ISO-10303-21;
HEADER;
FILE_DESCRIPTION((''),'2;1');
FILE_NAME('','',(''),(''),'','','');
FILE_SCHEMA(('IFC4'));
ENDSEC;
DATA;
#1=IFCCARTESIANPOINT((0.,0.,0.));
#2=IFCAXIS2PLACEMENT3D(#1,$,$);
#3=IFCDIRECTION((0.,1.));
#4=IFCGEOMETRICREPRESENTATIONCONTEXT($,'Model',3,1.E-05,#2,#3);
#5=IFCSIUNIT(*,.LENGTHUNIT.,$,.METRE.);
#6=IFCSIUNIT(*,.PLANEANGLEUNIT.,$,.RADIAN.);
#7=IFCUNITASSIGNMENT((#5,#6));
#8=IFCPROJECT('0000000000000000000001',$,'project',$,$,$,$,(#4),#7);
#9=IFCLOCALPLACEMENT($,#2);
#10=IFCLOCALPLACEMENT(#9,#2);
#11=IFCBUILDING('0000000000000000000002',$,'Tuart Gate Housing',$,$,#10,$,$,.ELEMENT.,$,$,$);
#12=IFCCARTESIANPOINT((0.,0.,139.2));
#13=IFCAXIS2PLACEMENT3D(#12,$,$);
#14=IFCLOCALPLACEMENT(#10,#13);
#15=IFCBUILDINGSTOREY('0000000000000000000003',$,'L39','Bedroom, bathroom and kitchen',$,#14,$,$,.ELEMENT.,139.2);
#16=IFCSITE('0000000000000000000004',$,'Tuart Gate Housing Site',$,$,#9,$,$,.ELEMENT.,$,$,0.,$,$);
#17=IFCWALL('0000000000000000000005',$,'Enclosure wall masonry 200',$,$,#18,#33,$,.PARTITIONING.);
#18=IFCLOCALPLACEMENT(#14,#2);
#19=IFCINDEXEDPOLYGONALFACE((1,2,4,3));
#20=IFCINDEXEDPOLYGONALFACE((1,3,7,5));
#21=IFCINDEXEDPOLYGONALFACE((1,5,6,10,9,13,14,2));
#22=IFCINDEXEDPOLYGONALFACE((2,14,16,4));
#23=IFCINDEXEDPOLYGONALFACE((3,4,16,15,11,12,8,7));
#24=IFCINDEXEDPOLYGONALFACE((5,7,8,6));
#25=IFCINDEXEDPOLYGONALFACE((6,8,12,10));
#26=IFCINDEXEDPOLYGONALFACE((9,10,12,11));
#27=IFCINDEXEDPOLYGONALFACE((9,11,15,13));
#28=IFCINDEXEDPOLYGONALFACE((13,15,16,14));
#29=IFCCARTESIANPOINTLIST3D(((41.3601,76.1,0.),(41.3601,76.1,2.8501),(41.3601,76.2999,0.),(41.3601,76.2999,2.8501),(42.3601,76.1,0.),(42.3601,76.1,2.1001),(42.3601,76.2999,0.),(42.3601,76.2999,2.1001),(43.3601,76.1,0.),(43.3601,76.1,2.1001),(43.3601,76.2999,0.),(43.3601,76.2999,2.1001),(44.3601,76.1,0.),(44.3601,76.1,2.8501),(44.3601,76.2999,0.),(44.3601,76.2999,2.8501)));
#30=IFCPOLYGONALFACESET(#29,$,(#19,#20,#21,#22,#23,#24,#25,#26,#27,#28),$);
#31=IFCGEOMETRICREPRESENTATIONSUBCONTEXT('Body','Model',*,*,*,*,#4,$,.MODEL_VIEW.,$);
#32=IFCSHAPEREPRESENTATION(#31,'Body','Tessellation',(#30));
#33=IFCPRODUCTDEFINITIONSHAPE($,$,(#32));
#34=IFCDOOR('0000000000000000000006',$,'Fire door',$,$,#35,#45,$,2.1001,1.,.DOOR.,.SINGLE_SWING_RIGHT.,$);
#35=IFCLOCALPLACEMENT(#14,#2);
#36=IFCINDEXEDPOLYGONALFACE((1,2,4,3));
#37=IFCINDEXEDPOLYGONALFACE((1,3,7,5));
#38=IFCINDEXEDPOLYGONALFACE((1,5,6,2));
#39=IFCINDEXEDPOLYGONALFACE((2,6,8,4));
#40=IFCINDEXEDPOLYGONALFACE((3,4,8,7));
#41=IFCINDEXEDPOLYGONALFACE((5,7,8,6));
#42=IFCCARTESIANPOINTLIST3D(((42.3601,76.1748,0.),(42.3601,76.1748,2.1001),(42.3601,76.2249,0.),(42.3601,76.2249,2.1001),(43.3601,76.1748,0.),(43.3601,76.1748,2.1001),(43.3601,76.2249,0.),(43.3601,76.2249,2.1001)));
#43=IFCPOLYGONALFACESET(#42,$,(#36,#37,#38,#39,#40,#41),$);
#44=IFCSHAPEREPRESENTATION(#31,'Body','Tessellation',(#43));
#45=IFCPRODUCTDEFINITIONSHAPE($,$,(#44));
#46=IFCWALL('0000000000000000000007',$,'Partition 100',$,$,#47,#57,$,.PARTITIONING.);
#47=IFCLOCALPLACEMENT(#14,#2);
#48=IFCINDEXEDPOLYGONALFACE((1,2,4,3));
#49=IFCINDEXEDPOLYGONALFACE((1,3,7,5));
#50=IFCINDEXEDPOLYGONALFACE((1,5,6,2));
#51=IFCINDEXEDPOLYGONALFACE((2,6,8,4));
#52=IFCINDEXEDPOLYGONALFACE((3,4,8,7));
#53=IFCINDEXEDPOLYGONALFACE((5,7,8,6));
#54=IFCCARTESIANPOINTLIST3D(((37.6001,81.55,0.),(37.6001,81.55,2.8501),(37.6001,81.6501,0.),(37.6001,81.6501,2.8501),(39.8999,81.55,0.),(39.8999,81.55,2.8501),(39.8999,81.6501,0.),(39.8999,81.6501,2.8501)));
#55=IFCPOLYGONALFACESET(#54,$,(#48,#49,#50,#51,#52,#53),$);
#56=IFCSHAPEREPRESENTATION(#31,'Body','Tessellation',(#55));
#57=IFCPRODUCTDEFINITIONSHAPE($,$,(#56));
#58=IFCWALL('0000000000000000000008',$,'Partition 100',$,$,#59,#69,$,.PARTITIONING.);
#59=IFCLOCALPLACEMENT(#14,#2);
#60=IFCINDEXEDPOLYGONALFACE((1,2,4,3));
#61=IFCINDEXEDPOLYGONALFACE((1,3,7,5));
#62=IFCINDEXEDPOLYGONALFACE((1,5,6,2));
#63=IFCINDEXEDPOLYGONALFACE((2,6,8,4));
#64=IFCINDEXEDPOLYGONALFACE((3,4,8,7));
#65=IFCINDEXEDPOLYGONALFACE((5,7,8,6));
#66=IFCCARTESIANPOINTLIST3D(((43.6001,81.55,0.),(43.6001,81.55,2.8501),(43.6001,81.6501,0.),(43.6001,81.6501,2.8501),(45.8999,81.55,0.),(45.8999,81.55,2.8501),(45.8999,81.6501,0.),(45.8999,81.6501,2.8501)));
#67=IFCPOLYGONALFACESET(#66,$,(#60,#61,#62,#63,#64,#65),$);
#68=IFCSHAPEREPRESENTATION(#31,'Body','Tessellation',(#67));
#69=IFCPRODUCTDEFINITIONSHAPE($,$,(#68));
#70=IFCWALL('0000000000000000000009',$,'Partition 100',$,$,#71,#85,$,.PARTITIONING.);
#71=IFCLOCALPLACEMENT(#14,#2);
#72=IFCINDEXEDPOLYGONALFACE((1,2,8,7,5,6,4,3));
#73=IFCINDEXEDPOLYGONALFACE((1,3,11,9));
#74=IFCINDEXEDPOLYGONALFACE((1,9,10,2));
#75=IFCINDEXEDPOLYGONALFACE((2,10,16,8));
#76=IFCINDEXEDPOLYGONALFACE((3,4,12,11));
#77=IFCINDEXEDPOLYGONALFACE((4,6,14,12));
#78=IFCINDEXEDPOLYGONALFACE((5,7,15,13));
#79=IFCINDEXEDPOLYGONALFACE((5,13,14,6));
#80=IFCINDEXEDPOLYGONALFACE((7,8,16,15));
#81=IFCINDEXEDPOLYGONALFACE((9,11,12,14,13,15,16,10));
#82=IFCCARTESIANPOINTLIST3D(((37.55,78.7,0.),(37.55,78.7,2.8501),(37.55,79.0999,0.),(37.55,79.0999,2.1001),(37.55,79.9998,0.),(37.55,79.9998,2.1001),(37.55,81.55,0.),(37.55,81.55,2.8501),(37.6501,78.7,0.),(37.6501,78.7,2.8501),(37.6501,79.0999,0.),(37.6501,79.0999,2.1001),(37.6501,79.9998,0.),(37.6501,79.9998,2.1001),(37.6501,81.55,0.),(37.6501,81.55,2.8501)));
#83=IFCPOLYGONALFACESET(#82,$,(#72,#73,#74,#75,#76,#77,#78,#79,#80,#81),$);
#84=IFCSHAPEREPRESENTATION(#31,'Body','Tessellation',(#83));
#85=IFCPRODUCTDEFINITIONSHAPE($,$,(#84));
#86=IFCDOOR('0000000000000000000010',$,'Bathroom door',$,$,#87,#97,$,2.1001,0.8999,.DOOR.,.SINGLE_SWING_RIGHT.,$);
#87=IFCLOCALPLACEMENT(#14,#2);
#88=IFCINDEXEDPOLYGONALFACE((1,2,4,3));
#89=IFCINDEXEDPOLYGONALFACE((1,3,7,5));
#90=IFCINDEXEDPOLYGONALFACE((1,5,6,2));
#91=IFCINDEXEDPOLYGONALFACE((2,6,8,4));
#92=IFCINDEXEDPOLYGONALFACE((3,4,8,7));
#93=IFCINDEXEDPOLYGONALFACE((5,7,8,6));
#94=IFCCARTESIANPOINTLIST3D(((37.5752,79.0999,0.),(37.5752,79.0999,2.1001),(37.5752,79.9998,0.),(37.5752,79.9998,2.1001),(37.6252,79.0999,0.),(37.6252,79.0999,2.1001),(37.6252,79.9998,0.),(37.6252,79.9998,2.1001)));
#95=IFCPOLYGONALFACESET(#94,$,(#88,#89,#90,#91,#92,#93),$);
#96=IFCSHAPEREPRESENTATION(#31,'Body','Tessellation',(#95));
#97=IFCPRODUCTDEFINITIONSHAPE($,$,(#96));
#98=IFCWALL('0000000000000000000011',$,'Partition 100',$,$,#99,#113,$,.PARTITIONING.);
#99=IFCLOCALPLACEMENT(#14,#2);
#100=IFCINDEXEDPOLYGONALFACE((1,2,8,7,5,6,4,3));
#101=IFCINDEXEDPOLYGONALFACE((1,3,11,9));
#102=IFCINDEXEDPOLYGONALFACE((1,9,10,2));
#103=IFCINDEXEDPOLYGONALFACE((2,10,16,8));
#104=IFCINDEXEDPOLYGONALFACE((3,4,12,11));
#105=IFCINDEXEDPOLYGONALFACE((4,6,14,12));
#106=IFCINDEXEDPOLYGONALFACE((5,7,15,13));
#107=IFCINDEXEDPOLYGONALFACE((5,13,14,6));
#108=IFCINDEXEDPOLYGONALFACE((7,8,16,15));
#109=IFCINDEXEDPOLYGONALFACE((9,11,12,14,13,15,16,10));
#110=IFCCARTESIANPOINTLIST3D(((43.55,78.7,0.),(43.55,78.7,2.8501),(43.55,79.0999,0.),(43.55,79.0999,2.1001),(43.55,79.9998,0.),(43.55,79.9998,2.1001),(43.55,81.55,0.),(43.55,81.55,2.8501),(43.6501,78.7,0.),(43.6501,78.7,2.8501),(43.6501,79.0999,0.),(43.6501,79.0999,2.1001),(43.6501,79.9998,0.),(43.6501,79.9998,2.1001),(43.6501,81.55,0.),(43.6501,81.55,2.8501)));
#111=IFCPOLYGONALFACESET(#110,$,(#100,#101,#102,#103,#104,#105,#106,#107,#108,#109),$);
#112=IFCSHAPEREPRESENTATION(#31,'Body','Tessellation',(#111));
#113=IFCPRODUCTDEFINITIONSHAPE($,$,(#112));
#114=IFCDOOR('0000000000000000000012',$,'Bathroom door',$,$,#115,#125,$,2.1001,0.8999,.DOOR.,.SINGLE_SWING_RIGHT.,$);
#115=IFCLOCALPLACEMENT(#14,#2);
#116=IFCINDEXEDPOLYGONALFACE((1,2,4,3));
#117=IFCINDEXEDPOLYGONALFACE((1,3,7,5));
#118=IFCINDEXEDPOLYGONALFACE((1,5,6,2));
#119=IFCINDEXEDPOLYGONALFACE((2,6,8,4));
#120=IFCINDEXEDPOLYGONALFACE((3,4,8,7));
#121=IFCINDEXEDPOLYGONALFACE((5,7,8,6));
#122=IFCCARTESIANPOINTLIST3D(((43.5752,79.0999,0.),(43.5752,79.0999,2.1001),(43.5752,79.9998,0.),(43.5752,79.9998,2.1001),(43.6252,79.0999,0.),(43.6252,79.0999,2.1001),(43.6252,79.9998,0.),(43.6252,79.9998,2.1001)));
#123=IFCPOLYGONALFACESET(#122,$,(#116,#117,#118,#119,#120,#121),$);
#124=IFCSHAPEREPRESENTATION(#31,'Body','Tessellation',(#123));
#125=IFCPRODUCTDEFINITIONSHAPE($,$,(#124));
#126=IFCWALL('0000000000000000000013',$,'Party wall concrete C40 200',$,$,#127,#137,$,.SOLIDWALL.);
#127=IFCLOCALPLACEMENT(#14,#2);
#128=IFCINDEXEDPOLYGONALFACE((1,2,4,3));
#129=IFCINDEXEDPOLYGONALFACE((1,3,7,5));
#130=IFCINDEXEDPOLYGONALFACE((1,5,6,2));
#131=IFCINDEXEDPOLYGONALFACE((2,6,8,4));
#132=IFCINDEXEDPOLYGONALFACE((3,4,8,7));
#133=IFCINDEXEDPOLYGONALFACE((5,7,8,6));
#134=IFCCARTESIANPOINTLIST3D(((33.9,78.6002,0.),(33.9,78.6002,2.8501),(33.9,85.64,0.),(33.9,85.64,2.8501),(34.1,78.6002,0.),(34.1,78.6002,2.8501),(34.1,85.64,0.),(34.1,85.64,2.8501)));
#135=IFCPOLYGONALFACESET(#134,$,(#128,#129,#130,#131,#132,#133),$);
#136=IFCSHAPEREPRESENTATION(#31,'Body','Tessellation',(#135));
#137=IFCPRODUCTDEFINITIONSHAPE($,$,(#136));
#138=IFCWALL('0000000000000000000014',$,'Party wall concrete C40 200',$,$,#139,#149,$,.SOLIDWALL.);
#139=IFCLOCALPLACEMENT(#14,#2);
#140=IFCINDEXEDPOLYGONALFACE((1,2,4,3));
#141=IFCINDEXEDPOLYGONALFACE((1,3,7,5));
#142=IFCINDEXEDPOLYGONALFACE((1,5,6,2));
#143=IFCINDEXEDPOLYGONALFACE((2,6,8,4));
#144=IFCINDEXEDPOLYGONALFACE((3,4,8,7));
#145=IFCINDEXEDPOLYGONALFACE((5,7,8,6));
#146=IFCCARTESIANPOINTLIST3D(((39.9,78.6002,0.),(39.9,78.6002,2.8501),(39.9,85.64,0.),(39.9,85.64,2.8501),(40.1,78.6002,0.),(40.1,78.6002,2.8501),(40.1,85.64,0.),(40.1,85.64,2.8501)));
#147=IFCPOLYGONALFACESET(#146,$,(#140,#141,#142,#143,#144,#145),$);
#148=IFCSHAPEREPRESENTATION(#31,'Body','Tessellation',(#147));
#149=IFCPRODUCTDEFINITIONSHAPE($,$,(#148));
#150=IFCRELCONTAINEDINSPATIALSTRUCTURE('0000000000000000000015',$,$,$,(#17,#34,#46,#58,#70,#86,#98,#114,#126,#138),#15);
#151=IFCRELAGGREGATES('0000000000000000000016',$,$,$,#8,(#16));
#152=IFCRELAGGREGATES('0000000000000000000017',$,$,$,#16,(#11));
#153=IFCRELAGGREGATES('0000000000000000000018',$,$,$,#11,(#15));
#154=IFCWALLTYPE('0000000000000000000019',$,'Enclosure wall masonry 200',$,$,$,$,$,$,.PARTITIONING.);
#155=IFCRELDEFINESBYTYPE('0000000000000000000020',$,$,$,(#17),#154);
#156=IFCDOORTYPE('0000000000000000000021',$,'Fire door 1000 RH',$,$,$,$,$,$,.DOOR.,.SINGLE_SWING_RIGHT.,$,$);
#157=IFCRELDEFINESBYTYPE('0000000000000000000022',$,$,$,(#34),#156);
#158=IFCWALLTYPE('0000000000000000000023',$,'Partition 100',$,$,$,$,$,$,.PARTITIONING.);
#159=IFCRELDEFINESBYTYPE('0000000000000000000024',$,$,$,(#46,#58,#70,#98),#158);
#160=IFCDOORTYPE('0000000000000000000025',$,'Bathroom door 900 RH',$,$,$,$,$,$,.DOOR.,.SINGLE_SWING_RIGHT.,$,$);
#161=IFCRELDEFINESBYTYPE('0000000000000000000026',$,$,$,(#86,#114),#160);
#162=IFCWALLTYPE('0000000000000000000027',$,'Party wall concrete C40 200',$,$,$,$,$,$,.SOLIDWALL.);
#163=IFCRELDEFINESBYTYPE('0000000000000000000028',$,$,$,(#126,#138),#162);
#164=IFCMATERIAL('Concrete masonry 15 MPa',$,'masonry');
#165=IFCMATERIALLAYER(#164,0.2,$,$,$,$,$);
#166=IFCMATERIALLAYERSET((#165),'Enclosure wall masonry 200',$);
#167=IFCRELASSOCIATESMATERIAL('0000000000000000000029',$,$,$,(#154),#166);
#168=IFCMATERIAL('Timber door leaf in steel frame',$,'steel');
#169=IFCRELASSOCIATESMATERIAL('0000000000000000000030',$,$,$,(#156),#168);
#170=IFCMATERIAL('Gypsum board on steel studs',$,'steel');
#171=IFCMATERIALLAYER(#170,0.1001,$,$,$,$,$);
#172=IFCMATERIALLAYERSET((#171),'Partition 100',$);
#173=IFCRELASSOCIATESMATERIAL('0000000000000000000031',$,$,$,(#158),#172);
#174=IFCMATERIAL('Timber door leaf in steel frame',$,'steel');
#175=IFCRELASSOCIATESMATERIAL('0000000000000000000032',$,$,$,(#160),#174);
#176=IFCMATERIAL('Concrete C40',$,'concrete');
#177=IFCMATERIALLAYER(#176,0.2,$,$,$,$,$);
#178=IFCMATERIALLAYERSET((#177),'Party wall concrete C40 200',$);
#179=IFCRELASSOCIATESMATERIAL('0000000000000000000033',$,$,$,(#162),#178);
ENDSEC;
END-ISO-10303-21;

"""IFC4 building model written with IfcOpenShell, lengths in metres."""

from ifc_helpers import new_model, si_unit, direction, frame, frame_2d, origin, place, context, subcontext, project, spatial, rectangle, extrude, material, layer, layer_set, type_object, element, fill, save


model = new_model("IFC4")

# Units and contexts
model_context = context("Model", 3, precision=1e-05, world=origin(), true_north=direction((0.0, 1.0)))
body_context = subcontext(model_context, "Body", "Model", "MODEL_VIEW")
ifc_project = project(units=[si_unit("LENGTHUNIT", "METRE"), si_unit("PLANEANGLEUNIT", "RADIAN")], contexts=[model_context])

# Site, building, storey
site_placement = place(None, origin())
site = spatial("IfcSite", under=ifc_project, at=site_placement, Name="Tuart Gate Housing Site", CompositionType="ELEMENT", RefElevation=0.0)
building_placement = place(site_placement, origin())
building = spatial("IfcBuilding", under=site, at=building_placement, Name="Tuart Gate Housing", CompositionType="ELEMENT")
storey_placement = place(building_placement, frame((0.0, 0.0, 139.2)))
storey = spatial("IfcBuildingStorey", under=building, at=storey_placement, Name="L39", Description="Bedroom, bathroom and kitchen", CompositionType="ELEMENT", Elevation=139.2)

# Wall, opening, door
ifc_material_1 = material(Name="Concrete masonry 15 MPa", Category="masonry")
ifc_layer_1 = layer(ifc_material_1, 0.2)
ifc_layer_set_1 = layer_set([ifc_layer_1], Name="Enclosure wall masonry 200")
wall_type_1 = type_object("IfcWallType", Name="Enclosure wall masonry 200", PredefinedType="PARTITIONING", material=ifc_layer_set_1)
wall_1_placement = place(storey_placement, frame((41.3601, 76.2, 0.0), z_axis=(0.0, 0.0, 1.0), x_axis=(1.0, 0.0, 0.0)))
wall_1 = element("IfcWall", 1, at=wall_1_placement, inside=storey, type_object=wall_type_1, Name="Enclosure wall masonry 200", PredefinedType="PARTITIONING", context=body_context, shape_type="SweptSolid", body=[
    extrude(rectangle(XDim=3.0, YDim=0.2, at=frame_2d((1.5, 0.0))), origin(), (0.0, 0.0, 1.0), 2.8501),
])
opening_1_placement = place(wall_1_placement, frame((1.0, 0.0, 0.0)))
opening_1 = element("IfcOpeningElement", 2, at=opening_1_placement, cuts=wall_1, PredefinedType="OPENING", context=body_context, shape_type="SweptSolid", body=[
    extrude(rectangle(XDim=1.0, YDim=2.1001, at=frame_2d((0.5, 1.05))), frame((0.0, 0.1099, 0.0), z_axis=(0.0, -1.0, 0.0), x_axis=(1.0, 0.0, 0.0)), (0.0, 0.0, 1.0), 0.22),
])
ifc_material_2 = material(Name="Timber door leaf in steel frame", Category="steel")
door_type_1 = type_object("IfcDoorType", Name="Fire door 1000 RH", OperationType="SINGLE_SWING_RIGHT", PredefinedType="DOOR", material=ifc_material_2)
door_1_placement = place(opening_1_placement, origin())
door_1 = element("IfcDoor", 3, at=door_1_placement, inside=storey, type_object=door_type_1, Name="Fire door", OperationType="SINGLE_SWING_RIGHT", OverallHeight=2.1001, OverallWidth=1.0, PredefinedType="DOOR", context=body_context, shape_type="SweptSolid", body=[
    extrude(rectangle(XDim=1.0, YDim=2.1001, at=frame_2d((0.5, 1.05))), frame((0.0, 0.0249, 0.0), z_axis=(0.0, -1.0, 0.0), x_axis=(1.0, 0.0, 0.0)), (0.0, 0.0, 1.0), 0.05),
])
fill(opening_1, door_1)

# Walls
ifc_material_3 = material(Name="Gypsum board on steel studs", Category="steel")
ifc_layer_2 = layer(ifc_material_3, 0.1001)
ifc_layer_set_2 = layer_set([ifc_layer_2], Name="Partition 100")
wall_type_2 = type_object("IfcWallType", Name="Partition 100", PredefinedType="PARTITIONING", material=ifc_layer_set_2)
for number, where, z_axis, x_axis, name in (
    (4, (37.6001, 81.6001, 0.0), (0.0, 0.0, 1.0), (1.0, 0.0, 0.0), "Partition 100"),
    (5, (43.6001, 81.6001, 0.0), (0.0, 0.0, 1.0), (1.0, 0.0, 0.0), "Partition 100"),
):
    element("IfcWall", number, at=place(storey_placement, frame(where, z_axis=z_axis, x_axis=x_axis)), inside=storey, type_object=wall_type_2, Name=name, PredefinedType="PARTITIONING", context=body_context, shape_type="SweptSolid", body=[
        extrude(rectangle(XDim=2.2998, YDim=0.1001, at=frame_2d((1.1499, 0.0))), origin(), (0.0, 0.0, 1.0), 2.8501),
    ])

# Walls, openings, doors
wall_2_placement = place(storey_placement, frame((37.6001, 78.7, 0.0), z_axis=(0.0, 0.0, 1.0), x_axis=(0.0, 1.0, 0.0)))
wall_2 = element("IfcWall", 6, at=wall_2_placement, inside=storey, type_object=wall_type_2, Name="Partition 100", PredefinedType="PARTITIONING", context=body_context, shape_type="SweptSolid", body=[
    extrude(rectangle(XDim=2.8501, YDim=0.1001, at=frame_2d((1.425, 0.0))), origin(), (0.0, 0.0, 1.0), 2.8501),
])
opening_2_placement = place(wall_2_placement, frame((0.3999, 0.0, 0.0)))
opening_2 = element("IfcOpeningElement", 7, at=opening_2_placement, cuts=wall_2, PredefinedType="OPENING", context=body_context, shape_type="SweptSolid", body=[
    extrude(rectangle(XDim=0.8999, YDim=2.1001, at=frame_2d((0.45, 1.05))), frame((0.0, 0.0601, 0.0), z_axis=(0.0, -1.0, 0.0), x_axis=(1.0, 0.0, 0.0)), (0.0, 0.0, 1.0), 0.1201),
])
ifc_material_4 = material(Name="Timber door leaf in steel frame", Category="steel")
door_type_2 = type_object("IfcDoorType", Name="Bathroom door 900 RH", OperationType="SINGLE_SWING_RIGHT", PredefinedType="DOOR", material=ifc_material_4)
door_2_placement = place(opening_2_placement, frame((0.8999, 0.0, 0.0), z_axis=(0.0, 0.0, 1.0), x_axis=(-1.0, 0.0, 0.0)))
door_2 = element("IfcDoor", 8, at=door_2_placement, inside=storey, type_object=door_type_2, Name="Bathroom door", OperationType="SINGLE_SWING_RIGHT", OverallHeight=2.1001, OverallWidth=0.8999, PredefinedType="DOOR", context=body_context, shape_type="SweptSolid", body=[
    extrude(rectangle(XDim=0.8999, YDim=2.1001, at=frame_2d((0.45, 1.05))), frame((0.0, 0.0251, 0.0), z_axis=(0.0, -1.0, 0.0), x_axis=(1.0, 0.0, 0.0)), (0.0, 0.0, 1.0), 0.05),
])
fill(opening_2, door_2)
wall_3_placement = place(storey_placement, frame((43.6001, 78.7, 0.0), z_axis=(0.0, 0.0, 1.0), x_axis=(0.0, 1.0, 0.0)))
wall_3 = element("IfcWall", 9, at=wall_3_placement, inside=storey, type_object=wall_type_2, Name="Partition 100", PredefinedType="PARTITIONING", context=body_context, shape_type="SweptSolid", body=[
    extrude(rectangle(XDim=2.8501, YDim=0.1001, at=frame_2d((1.425, 0.0))), origin(), (0.0, 0.0, 1.0), 2.8501),
])
opening_3_placement = place(wall_3_placement, frame((0.3999, 0.0, 0.0)))
opening_3 = element("IfcOpeningElement", 10, at=opening_3_placement, cuts=wall_3, PredefinedType="OPENING", context=body_context, shape_type="SweptSolid", body=[
    extrude(rectangle(XDim=0.8999, YDim=2.1001, at=frame_2d((0.45, 1.05))), frame((0.0, 0.0601, 0.0), z_axis=(0.0, -1.0, 0.0), x_axis=(1.0, 0.0, 0.0)), (0.0, 0.0, 1.0), 0.1201),
])
door_3_placement = place(opening_3_placement, frame((0.8999, 0.0, 0.0), z_axis=(0.0, 0.0, 1.0), x_axis=(-1.0, 0.0, 0.0)))
door_3 = element("IfcDoor", 11, at=door_3_placement, inside=storey, type_object=door_type_2, Name="Bathroom door", OperationType="SINGLE_SWING_RIGHT", OverallHeight=2.1001, OverallWidth=0.8999, PredefinedType="DOOR", context=body_context, shape_type="SweptSolid", body=[
    extrude(rectangle(XDim=0.8999, YDim=2.1001, at=frame_2d((0.45, 1.05))), frame((0.0, 0.0251, 0.0), z_axis=(0.0, -1.0, 0.0), x_axis=(1.0, 0.0, 0.0)), (0.0, 0.0, 1.0), 0.05),
])
fill(opening_3, door_3)

# Walls
ifc_material_5 = material(Name="Concrete C40", Category="concrete")
ifc_layer_3 = layer(ifc_material_5, 0.2)
ifc_layer_set_3 = layer_set([ifc_layer_3], Name="Party wall concrete C40 200")
wall_type_3 = type_object("IfcWallType", Name="Party wall concrete C40 200", PredefinedType="SOLIDWALL", material=ifc_layer_set_3)
for number, where, z_axis, x_axis, name in (
    (12, (34.0, 78.6001, 0.0), (0.0, 0.0, 1.0), (0.0, 1.0, 0.0), "Party wall concrete C40 200"),
    (13, (40.0, 78.6001, 0.0), (0.0, 0.0, 1.0), (0.0, 1.0, 0.0), "Party wall concrete C40 200"),
):
    element("IfcWall", number, at=place(storey_placement, frame(where, z_axis=z_axis, x_axis=x_axis)), inside=storey, type_object=wall_type_3, Name=name, PredefinedType="SOLIDWALL", context=body_context, shape_type="SweptSolid", body=[
        extrude(rectangle(XDim=7.0398, YDim=0.2, at=frame_2d((3.52, 0.0))), origin(), (0.0, 0.0, 1.0), 2.8501),
    ])

save(model, "model.ifc")
